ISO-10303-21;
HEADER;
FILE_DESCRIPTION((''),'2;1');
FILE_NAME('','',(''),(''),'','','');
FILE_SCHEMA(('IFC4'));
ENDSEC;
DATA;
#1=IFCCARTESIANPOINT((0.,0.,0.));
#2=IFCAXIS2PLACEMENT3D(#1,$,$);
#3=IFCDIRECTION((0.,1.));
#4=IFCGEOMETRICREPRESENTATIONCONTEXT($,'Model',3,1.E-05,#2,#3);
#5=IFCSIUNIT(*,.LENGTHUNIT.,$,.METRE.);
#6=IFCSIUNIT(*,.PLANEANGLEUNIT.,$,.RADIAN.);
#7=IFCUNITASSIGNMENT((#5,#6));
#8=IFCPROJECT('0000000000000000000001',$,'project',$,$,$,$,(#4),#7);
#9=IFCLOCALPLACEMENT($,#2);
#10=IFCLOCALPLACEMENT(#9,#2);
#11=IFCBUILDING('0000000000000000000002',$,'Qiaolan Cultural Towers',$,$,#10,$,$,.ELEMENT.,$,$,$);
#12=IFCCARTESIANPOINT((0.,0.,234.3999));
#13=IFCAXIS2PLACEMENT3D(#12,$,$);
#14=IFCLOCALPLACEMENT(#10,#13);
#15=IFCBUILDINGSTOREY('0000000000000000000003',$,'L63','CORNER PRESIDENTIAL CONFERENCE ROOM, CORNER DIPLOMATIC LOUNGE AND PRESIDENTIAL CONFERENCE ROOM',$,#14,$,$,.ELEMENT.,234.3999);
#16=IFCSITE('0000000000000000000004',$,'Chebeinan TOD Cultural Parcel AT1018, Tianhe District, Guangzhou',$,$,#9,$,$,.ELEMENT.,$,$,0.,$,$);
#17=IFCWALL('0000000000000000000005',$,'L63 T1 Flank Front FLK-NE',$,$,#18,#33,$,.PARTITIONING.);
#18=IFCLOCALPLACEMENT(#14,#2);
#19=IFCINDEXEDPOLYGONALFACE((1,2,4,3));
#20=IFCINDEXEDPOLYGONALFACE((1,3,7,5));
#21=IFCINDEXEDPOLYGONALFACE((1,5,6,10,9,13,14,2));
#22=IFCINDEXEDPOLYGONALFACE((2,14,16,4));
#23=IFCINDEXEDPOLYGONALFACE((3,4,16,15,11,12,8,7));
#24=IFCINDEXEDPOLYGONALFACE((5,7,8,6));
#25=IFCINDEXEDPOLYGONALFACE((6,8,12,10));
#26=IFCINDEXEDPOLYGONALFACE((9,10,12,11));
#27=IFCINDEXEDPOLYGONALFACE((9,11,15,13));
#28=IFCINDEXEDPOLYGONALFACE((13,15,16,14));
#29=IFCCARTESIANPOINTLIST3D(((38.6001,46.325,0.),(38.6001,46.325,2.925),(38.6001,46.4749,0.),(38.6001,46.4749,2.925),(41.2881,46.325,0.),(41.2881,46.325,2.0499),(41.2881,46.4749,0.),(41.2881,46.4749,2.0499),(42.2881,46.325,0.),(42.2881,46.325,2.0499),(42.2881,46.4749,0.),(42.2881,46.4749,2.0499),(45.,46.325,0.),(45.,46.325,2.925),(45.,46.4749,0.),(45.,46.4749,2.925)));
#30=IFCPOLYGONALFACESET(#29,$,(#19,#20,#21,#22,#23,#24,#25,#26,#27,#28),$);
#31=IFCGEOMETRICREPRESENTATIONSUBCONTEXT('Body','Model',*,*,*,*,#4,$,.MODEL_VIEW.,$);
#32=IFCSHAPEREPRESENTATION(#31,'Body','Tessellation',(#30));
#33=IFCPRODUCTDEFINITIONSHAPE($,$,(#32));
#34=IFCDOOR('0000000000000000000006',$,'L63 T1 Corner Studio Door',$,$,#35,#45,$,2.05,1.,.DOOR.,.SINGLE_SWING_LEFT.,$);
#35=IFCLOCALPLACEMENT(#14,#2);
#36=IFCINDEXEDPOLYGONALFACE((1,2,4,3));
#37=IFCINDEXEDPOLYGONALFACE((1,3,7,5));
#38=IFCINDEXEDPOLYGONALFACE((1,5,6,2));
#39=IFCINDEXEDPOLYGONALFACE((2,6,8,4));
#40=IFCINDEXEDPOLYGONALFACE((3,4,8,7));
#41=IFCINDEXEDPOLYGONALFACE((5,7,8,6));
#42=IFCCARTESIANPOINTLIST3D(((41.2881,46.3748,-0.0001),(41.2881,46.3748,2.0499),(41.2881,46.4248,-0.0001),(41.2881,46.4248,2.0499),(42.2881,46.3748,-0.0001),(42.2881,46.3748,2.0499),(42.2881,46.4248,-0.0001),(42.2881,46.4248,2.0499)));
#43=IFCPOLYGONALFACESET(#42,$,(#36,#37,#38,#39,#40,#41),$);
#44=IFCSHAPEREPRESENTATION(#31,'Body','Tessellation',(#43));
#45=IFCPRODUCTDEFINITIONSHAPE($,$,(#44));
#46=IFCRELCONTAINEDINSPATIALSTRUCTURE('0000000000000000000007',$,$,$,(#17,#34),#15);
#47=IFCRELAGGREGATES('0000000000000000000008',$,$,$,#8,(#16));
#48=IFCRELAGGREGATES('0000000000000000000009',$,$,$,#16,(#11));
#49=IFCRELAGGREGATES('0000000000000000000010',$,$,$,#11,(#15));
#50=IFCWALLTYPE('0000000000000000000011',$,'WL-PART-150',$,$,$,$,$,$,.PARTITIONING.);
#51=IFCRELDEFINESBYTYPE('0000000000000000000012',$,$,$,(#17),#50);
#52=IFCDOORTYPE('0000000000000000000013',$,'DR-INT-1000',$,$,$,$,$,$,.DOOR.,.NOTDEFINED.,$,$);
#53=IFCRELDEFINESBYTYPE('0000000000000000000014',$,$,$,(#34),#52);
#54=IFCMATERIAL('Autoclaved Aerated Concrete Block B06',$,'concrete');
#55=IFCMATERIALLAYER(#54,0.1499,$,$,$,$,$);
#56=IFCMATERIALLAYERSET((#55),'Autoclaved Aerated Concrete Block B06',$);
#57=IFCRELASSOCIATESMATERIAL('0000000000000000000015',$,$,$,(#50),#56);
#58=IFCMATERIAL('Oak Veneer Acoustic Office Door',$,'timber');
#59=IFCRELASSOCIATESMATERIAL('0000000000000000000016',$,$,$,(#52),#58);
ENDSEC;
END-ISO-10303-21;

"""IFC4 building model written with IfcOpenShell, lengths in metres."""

from ifc_helpers import new_model, si_unit, direction, frame, frame_2d, origin, place, context, subcontext, project, spatial, rectangle, extrude, material, layer, layer_set, type_object, element, fill, save


model = new_model("IFC4")

# Units and contexts
model_context = context("Model", 3, precision=1e-05, world=origin(), true_north=direction((0.0, 1.0)))
body_context = subcontext(model_context, "Body", "Model", "MODEL_VIEW")
ifc_project = project(units=[si_unit("LENGTHUNIT", "METRE"), si_unit("PLANEANGLEUNIT", "RADIAN")], contexts=[model_context])

# Site, building, storey
site_placement = place(None, origin())
site = spatial("IfcSite", under=ifc_project, at=site_placement, Name="Chebeinan TOD Cultural Parcel AT1018, Tianhe District, Guangzhou", CompositionType="ELEMENT", RefElevation=0.0)
building_placement = place(site_placement, origin())
building = spatial("IfcBuilding", under=site, at=building_placement, Name="Qiaolan Cultural Towers", CompositionType="ELEMENT")
storey_placement = place(building_placement, frame((0.0, 0.0, 234.3999)))
storey = spatial("IfcBuildingStorey", under=building, at=storey_placement, Name="L63", Description="CORNER PRESIDENTIAL CONFERENCE ROOM, CORNER DIPLOMATIC LOUNGE AND PRESIDENTIAL CONFERENCE ROOM", CompositionType="ELEMENT", Elevation=234.3999)

# Shared definitions
ifc_material_1 = material(Name="Autoclaved Aerated Concrete Block B06", Category="concrete")
ifc_layer_1 = layer(ifc_material_1, 0.1499)
ifc_layer_set_1 = layer_set([ifc_layer_1], Name="Autoclaved Aerated Concrete Block B06")
wall_type_1 = type_object("IfcWallType", Name="WL-PART-150", PredefinedType="PARTITIONING", material=ifc_layer_set_1)

# Wall, opening, door
wall_1_placement = place(storey_placement, frame((38.6001, 46.3999, 0.0), z_axis=(0.0, 0.0, 1.0), x_axis=(1.0, 0.0, 0.0)))
wall_1 = element("IfcWall", 1, at=wall_1_placement, inside=storey, type_object=wall_type_1, Name="L63 T1 Flank Front FLK-NE", PredefinedType="PARTITIONING", context=body_context, shape_type="SweptSolid", body=[
    extrude(rectangle(XDim=6.3999, YDim=0.1499, at=frame_2d((3.2, 0.0))), origin(), (0.0, 0.0, 1.0), 2.925),
])
opening_1_placement = place(wall_1_placement, frame((2.688, 0.0, 0.0)))
opening_1 = element("IfcOpeningElement", 2, at=opening_1_placement, cuts=wall_1, PredefinedType="OPENING", context=body_context, shape_type="SweptSolid", body=[
    extrude(rectangle(XDim=1.0, YDim=2.05, at=frame_2d((0.5, 1.0249))), frame((0.0, 0.085, 0.0), z_axis=(0.0, -1.0, 0.0), x_axis=(1.0, 0.0, 0.0)), (0.0, 0.0, 1.0), 0.1699),
])
ifc_material_2 = material(Name="Oak Veneer Acoustic Office Door", Category="timber")
door_type_1 = type_object("IfcDoorType", Name="DR-INT-1000", OperationType="NOTDEFINED", PredefinedType="DOOR", material=ifc_material_2)
door_1_placement = place(opening_1_placement, origin())
door_1 = element("IfcDoor", 3, at=door_1_placement, inside=storey, type_object=door_type_1, Name="L63 T1 Corner Studio Door", OperationType="SINGLE_SWING_LEFT", OverallHeight=2.05, OverallWidth=1.0, PredefinedType="DOOR", context=body_context, shape_type="SweptSolid", body=[
    extrude(rectangle(XDim=1.0, YDim=2.05, at=frame_2d((0.5, 1.0249))), frame((0.0, 0.0249, 0.0), z_axis=(0.0, -1.0, 0.0), x_axis=(1.0, 0.0, 0.0)), (0.0, 0.0, 1.0), 0.05),
])
fill(opening_1, door_1)

save(model, "model.ifc")
